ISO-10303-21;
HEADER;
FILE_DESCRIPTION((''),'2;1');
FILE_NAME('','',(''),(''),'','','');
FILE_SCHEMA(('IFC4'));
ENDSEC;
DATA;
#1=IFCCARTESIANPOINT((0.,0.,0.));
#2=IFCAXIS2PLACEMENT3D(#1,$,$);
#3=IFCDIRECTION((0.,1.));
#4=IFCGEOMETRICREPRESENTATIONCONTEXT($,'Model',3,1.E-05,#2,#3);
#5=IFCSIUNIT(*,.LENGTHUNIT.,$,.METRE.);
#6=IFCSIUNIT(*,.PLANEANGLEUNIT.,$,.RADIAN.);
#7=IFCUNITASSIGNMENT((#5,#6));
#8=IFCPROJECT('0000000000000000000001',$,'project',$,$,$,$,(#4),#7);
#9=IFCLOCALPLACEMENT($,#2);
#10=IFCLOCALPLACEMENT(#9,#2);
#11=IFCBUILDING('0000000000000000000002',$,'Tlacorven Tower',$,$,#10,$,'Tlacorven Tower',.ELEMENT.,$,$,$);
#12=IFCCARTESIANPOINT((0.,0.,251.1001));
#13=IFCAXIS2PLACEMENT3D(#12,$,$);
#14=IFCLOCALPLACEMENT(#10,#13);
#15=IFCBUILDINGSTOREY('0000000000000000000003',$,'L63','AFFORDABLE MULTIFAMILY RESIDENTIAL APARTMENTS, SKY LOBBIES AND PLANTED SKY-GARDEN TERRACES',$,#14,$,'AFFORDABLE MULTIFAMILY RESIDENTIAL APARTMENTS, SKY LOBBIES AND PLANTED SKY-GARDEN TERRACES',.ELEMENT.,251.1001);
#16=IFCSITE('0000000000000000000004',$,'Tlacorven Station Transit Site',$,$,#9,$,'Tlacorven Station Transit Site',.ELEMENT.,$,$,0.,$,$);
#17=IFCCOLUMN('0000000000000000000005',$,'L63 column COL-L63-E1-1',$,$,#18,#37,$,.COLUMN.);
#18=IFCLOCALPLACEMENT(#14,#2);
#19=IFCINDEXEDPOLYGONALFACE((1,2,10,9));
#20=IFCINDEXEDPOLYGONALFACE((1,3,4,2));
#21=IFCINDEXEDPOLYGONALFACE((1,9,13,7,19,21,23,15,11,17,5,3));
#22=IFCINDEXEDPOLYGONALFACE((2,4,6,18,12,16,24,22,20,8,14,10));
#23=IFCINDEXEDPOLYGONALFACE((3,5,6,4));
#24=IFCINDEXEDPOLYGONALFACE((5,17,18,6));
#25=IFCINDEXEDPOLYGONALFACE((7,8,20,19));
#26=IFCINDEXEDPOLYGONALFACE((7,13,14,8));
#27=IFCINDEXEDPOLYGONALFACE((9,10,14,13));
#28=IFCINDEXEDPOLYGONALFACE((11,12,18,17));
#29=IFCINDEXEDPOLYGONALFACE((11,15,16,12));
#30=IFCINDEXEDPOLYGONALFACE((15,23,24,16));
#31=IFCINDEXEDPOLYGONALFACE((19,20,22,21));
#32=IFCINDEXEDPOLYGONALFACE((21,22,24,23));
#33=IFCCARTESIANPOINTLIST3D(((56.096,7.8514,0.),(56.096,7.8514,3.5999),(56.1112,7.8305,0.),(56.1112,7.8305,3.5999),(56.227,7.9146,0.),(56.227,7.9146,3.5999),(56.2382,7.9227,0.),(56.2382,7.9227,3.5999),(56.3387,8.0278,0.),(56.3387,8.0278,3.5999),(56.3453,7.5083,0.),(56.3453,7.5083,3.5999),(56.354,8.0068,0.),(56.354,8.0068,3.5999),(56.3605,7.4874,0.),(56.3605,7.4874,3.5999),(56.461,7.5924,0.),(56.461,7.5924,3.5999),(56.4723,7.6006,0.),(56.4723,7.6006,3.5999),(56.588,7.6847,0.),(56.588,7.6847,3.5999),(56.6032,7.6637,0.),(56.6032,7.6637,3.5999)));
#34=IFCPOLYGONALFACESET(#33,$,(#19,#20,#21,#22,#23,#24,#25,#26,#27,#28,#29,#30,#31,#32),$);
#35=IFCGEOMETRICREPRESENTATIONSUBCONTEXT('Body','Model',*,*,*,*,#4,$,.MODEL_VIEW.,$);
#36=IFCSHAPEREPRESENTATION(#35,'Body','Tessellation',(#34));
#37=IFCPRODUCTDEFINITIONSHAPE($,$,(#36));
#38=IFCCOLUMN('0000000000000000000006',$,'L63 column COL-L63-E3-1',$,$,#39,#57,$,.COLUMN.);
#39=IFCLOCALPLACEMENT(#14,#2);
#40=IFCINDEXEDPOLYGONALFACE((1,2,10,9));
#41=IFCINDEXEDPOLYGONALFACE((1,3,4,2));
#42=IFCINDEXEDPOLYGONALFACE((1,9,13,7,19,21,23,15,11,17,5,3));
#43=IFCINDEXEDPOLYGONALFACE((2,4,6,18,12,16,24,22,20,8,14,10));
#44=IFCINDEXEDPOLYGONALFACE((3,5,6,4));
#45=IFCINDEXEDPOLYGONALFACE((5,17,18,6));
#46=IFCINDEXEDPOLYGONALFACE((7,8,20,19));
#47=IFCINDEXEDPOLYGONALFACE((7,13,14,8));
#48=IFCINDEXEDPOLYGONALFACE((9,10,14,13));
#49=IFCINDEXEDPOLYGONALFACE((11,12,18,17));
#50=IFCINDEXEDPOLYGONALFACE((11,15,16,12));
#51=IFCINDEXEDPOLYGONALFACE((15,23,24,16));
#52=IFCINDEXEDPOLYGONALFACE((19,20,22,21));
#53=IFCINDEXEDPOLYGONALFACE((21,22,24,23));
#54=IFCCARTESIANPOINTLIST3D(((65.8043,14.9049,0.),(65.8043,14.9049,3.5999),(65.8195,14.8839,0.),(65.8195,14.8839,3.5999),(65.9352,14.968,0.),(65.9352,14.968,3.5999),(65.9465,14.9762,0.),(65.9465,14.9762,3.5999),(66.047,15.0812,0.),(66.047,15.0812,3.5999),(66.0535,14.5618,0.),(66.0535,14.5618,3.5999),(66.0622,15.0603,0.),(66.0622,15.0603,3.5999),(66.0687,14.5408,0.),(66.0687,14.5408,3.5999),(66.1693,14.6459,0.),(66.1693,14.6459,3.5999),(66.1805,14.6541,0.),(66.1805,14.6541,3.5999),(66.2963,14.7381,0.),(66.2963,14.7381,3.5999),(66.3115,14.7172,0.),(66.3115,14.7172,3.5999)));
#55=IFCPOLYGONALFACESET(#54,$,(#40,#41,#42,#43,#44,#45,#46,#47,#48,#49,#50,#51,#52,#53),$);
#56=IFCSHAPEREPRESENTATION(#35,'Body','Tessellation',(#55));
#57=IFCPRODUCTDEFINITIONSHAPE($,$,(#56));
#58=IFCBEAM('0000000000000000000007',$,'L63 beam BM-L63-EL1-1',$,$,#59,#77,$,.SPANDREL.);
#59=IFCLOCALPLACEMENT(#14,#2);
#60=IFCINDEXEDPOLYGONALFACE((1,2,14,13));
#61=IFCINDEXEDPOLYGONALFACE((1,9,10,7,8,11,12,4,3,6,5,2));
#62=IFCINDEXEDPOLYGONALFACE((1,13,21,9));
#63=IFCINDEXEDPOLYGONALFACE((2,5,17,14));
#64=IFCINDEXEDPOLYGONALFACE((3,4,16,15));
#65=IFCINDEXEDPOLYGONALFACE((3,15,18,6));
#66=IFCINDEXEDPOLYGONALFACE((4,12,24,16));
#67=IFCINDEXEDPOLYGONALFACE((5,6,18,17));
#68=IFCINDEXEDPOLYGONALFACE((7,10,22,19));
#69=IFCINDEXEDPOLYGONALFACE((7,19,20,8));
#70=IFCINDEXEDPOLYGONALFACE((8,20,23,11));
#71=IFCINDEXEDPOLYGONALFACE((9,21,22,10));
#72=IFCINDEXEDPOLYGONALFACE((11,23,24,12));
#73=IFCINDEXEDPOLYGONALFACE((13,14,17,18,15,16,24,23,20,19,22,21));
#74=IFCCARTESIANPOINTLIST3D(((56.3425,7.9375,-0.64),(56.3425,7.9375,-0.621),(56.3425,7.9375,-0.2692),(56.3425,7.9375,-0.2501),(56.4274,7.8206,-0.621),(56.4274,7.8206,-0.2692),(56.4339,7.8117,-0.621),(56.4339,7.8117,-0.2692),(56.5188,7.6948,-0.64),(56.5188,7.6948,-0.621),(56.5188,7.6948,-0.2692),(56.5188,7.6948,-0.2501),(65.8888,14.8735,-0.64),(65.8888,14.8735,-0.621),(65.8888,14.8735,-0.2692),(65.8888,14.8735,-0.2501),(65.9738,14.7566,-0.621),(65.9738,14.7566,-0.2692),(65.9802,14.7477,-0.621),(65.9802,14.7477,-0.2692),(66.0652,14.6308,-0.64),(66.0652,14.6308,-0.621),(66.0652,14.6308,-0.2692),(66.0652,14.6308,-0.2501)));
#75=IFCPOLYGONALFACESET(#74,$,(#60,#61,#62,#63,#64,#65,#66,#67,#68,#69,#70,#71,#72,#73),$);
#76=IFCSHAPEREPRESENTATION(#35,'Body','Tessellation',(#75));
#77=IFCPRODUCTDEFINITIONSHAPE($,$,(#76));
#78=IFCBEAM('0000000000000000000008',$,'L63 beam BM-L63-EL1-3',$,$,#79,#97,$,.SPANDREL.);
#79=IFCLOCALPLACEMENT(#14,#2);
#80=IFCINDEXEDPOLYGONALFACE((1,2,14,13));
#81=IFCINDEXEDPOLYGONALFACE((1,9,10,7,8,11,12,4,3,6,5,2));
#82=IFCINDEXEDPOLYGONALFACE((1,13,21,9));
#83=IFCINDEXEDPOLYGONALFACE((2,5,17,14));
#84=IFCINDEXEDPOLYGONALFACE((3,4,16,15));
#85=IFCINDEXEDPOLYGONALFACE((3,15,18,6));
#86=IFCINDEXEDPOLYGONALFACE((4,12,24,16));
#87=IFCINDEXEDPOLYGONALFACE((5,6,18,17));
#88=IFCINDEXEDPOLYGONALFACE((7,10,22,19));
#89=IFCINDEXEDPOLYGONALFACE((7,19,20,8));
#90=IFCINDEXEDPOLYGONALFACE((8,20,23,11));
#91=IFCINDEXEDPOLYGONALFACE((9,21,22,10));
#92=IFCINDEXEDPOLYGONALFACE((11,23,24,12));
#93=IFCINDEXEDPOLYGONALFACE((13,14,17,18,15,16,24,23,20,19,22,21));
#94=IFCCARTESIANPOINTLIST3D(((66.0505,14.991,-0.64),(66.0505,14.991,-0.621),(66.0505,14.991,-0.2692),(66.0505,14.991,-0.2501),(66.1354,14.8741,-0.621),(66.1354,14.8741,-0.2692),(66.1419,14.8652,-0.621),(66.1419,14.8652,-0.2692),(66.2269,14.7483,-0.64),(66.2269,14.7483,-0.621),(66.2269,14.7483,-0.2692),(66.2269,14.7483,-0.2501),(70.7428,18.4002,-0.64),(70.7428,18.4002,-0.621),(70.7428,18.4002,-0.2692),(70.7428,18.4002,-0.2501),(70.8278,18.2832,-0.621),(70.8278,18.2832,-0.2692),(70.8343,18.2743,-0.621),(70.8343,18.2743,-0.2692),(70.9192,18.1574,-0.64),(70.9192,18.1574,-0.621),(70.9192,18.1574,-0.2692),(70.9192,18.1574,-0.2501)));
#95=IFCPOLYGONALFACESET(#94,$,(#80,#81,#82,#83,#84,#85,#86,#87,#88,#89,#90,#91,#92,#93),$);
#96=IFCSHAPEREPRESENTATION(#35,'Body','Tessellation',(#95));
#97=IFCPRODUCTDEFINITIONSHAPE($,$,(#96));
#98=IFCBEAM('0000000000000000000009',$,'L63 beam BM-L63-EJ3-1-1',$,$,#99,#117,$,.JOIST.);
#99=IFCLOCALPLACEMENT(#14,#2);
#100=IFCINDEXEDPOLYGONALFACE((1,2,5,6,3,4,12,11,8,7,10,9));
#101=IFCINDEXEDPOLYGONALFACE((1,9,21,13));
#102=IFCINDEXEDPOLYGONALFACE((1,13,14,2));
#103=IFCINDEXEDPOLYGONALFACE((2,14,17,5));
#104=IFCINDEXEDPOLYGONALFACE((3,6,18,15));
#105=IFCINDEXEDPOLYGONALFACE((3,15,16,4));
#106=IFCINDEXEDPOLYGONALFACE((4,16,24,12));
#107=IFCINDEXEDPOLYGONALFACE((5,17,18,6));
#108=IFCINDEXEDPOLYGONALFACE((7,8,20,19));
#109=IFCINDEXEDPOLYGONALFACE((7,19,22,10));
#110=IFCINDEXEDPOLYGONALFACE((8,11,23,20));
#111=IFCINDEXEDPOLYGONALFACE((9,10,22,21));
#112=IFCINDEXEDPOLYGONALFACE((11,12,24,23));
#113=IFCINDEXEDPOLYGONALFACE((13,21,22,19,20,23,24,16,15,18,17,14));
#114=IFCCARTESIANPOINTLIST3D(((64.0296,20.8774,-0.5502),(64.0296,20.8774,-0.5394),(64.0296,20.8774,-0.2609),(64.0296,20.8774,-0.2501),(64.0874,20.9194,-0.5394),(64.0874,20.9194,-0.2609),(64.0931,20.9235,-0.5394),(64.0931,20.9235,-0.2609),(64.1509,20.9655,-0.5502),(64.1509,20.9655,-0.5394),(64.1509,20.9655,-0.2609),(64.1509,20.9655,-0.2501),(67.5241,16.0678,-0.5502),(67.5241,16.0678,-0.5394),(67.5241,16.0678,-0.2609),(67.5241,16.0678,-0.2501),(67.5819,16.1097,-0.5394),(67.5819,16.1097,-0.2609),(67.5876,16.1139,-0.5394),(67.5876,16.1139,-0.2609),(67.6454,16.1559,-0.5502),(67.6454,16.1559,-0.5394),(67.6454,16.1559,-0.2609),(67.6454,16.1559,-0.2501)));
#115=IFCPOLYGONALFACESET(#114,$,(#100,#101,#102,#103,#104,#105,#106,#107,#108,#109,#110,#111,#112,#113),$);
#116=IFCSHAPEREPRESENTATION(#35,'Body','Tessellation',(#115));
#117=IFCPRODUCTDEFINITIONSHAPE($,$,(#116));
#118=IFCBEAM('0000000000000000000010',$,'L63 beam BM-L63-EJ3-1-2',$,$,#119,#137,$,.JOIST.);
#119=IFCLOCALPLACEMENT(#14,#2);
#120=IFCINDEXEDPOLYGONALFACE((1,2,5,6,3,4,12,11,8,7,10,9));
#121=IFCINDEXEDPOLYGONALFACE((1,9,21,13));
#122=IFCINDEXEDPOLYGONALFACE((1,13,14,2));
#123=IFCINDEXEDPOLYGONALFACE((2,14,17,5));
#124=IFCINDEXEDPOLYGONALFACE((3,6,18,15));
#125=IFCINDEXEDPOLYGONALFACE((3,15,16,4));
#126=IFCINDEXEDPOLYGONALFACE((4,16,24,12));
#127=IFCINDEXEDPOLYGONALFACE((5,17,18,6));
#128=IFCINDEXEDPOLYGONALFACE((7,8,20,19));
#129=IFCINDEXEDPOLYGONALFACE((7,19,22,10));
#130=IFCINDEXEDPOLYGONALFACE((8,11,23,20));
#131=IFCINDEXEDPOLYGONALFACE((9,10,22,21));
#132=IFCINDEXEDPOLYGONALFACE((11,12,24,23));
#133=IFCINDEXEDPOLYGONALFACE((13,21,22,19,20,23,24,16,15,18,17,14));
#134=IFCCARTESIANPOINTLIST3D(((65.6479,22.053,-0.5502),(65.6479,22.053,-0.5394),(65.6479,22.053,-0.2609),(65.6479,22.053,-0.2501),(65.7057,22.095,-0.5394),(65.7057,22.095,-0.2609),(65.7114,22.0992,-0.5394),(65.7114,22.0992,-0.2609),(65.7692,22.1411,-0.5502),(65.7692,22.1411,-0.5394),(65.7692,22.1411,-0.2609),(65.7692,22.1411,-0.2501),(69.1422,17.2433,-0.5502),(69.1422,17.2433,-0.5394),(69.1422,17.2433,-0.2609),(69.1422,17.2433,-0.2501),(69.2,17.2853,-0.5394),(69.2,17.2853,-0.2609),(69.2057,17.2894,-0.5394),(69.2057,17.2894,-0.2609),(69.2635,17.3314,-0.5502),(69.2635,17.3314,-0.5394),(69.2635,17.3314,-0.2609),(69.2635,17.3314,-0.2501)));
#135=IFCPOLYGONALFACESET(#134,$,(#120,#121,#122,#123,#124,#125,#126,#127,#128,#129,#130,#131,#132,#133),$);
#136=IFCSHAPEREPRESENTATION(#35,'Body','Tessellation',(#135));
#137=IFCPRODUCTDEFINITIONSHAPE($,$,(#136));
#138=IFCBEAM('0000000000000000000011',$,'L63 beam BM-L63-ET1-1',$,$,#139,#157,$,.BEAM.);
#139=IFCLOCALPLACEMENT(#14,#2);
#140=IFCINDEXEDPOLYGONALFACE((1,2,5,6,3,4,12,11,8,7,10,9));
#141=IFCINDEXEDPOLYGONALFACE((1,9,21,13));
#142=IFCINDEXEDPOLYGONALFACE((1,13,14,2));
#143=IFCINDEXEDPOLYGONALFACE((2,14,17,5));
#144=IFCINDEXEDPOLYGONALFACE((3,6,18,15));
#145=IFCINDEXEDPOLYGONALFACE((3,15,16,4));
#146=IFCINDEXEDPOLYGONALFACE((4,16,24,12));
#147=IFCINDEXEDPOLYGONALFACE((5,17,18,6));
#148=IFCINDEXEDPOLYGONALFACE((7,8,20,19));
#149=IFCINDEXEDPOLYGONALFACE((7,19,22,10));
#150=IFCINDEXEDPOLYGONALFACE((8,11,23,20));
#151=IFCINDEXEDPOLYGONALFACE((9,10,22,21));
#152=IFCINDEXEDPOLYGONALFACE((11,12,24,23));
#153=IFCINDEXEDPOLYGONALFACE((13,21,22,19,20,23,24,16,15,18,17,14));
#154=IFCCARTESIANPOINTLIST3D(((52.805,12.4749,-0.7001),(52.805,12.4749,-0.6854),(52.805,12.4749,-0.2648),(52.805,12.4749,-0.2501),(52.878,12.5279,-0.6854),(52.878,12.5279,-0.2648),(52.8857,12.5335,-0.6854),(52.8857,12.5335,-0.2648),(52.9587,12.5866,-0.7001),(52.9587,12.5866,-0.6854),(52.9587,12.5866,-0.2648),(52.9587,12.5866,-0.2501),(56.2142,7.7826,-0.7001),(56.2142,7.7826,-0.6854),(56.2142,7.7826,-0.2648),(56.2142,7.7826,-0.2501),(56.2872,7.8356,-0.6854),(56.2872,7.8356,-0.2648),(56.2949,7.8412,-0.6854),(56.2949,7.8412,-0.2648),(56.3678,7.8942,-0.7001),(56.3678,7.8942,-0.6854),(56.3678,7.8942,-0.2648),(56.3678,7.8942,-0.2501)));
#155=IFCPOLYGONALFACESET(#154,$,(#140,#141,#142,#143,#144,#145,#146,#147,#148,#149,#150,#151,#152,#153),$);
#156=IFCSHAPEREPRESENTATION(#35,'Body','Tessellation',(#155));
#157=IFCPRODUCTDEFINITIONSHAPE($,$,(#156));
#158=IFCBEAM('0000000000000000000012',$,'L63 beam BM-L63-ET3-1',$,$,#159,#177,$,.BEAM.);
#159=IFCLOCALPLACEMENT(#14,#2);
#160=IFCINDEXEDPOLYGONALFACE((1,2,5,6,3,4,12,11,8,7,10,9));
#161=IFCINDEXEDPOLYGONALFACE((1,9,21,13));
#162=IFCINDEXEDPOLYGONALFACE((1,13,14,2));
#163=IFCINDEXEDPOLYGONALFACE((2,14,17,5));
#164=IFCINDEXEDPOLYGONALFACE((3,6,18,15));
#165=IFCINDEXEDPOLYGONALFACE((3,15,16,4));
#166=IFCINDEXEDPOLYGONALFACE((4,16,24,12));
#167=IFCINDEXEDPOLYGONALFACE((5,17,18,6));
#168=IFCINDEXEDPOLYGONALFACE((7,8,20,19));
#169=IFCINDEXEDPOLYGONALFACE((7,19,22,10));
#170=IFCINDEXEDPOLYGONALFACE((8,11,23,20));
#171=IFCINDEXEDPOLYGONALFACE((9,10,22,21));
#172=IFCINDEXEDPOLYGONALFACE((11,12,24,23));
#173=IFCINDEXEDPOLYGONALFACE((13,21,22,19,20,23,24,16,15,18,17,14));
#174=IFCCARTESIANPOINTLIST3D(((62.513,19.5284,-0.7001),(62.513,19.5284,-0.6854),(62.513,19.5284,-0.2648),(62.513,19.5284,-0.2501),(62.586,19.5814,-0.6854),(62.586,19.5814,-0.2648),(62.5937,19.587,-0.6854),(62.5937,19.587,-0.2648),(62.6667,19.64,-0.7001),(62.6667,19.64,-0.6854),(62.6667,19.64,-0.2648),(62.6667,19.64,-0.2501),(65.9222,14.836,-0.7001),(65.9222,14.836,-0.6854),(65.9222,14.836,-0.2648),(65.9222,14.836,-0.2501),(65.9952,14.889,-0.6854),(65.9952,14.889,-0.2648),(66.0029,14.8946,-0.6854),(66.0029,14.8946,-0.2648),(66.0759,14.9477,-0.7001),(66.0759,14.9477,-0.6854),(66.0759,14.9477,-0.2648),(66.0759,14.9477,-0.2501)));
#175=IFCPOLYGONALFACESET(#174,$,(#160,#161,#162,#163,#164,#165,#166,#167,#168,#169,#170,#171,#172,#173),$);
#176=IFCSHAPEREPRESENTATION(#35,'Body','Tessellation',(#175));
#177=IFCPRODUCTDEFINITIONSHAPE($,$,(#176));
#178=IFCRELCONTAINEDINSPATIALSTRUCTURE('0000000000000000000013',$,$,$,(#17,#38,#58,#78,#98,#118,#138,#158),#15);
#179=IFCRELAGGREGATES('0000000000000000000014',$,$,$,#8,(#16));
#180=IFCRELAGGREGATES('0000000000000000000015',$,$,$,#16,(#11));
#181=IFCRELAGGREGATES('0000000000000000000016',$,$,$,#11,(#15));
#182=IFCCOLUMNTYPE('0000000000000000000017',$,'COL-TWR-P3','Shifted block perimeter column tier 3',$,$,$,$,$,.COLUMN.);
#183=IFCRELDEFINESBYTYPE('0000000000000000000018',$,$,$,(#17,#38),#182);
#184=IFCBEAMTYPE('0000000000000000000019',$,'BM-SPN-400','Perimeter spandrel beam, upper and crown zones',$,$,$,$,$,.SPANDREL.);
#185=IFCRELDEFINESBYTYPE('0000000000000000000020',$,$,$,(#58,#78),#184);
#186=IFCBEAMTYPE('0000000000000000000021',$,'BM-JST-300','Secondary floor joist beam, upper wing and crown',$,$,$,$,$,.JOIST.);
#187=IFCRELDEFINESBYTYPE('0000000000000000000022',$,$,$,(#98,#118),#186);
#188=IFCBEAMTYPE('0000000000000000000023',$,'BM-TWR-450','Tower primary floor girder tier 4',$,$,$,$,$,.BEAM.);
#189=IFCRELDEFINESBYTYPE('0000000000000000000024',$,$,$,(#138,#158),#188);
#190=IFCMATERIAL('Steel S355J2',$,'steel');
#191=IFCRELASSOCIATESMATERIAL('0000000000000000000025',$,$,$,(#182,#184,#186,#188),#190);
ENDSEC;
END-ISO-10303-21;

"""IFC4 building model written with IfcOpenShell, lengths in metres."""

from ifc_helpers import new_model, si_unit, direction, frame, origin, origin_2d, place, context, subcontext, project, spatial, i_section, extrude, source, transform, mapped, material, material_profile, profile_set, type_object, element, save


model = new_model("IFC4")

# Units and contexts
model_context = context("Model", 3, precision=1e-05, world=origin(), true_north=direction((0.0, 1.0)))
body_context = subcontext(model_context, "Body", "Model", "MODEL_VIEW")
ifc_project = project(units=[si_unit("LENGTHUNIT", "METRE"), si_unit("PLANEANGLEUNIT", "RADIAN")], contexts=[model_context])

# Site, building, storey
site_placement = place(None, origin())
site = spatial("IfcSite", under=ifc_project, at=site_placement, Name="Tlacorven Station Transit Site", LongName="Tlacorven Station Transit Site", CompositionType="ELEMENT", RefElevation=0.0)
building_placement = place(site_placement, origin())
building = spatial("IfcBuilding", under=site, at=building_placement, Name="Tlacorven Tower", LongName="Tlacorven Tower", CompositionType="ELEMENT")
storey_placement = place(building_placement, frame((0.0, 0.0, 251.1001)))
storey = spatial("IfcBuildingStorey", under=building, at=storey_placement, Name="L63", Description="AFFORDABLE MULTIFAMILY RESIDENTIAL APARTMENTS, SKY LOBBIES AND PLANTED SKY-GARDEN TERRACES", LongName="AFFORDABLE MULTIFAMILY RESIDENTIAL APARTMENTS, SKY LOBBIES AND PLANTED SKY-GARDEN TERRACES", CompositionType="ELEMENT", Elevation=251.1001)

# Columns
ifc_material_1 = material(Name="Steel S355J2", Category="steel")
ifc_material_profile_1 = material_profile(ifc_material_1, i_section(OverallWidth=0.3, OverallDepth=0.45, WebThickness=0.0139, FlangeThickness=0.0259, at=origin_2d()), Name="HEB 450")
ifc_profile_set_1 = profile_set([ifc_material_profile_1], Name="Steel S355J2")
column_type = type_object("IfcColumnType", Name="COL-TWR-P3", Description="Shifted block perimeter column tier 3", PredefinedType="COLUMN", material=ifc_profile_set_1)
shared_shape_1 = source(origin(), body_context, "Body", "SweptSolid", [
    extrude(i_section(OverallWidth=0.3, OverallDepth=0.45, WebThickness=0.0139, FlangeThickness=0.0259, at=origin_2d()), origin(), (0.0, 0.0, 1.0), 3.5999),
])
for number, where, z_axis, x_axis, name in (
    (1, (56.3496, 7.7576, 0.0), (0.0, 0.0, 1.0), (0.809017, 0.587785, 0.0), "L63 column COL-L63-E1-1"),
    (2, (66.0579, 14.811, 0.0), (0.0, 0.0, 1.0), (0.809017, 0.587785, 0.0), "L63 column COL-L63-E3-1"),
):
    element("IfcColumn", number, at=place(storey_placement, frame(where, z_axis=z_axis, x_axis=x_axis)), inside=storey, type_object=column_type, Name=name, PredefinedType="COLUMN", context=body_context, shape_type="MappedRepresentation", body=[
        mapped(shared_shape_1, transform((0.0, 0.0, 0.0), scale=1.0)),
    ])

# Beams
ifc_material_profile_2 = material_profile(ifc_material_1, i_section(OverallWidth=0.3, OverallDepth=0.3899, WebThickness=0.011, FlangeThickness=0.019, at=origin_2d()), Name="HEA 400")
ifc_profile_set_2 = profile_set([ifc_material_profile_2], Name="Steel S355J2")
beam_type_1 = type_object("IfcBeamType", Name="BM-SPN-400", Description="Perimeter spandrel beam, upper and crown zones", PredefinedType="SPANDREL", material=ifc_profile_set_2)
shared_shape_2 = source(origin(), body_context, "Body", "SweptSolid", [
    extrude(i_section(OverallWidth=0.3, OverallDepth=0.3899, WebThickness=0.011, FlangeThickness=0.019, at=origin_2d()), origin(), (0.0, 0.0, 1.0), 11.8),
])
beam_1_placement = place(storey_placement, frame((56.4307, 7.8162, -0.4451), z_axis=(0.80901, 0.587795, 0.0), x_axis=(-0.587795, 0.80901, 0.0)))
element("IfcBeam", 3, at=beam_1_placement, inside=storey, type_object=beam_type_1, Name="L63 beam BM-L63-EL1-1", PredefinedType="SPANDREL", context=body_context, shape_type="MappedRepresentation", body=[
    mapped(shared_shape_2, transform((0.0, 0.0, 0.0), scale=1.0)),
])
shared_shape_3 = source(origin(), body_context, "Body", "SweptSolid", [
    extrude(i_section(OverallWidth=0.3, OverallDepth=0.3899, WebThickness=0.011, FlangeThickness=0.019, at=origin_2d()), origin(), (0.0, 0.0, 1.0), 5.8),
])
beam_2_placement = place(storey_placement, frame((66.1387, 14.8696, -0.4451), z_axis=(0.80902, 0.587781, 0.0), x_axis=(-0.587781, 0.80902, 0.0)))
element("IfcBeam", 4, at=beam_2_placement, inside=storey, type_object=beam_type_1, Name="L63 beam BM-L63-EL1-3", PredefinedType="SPANDREL", context=body_context, shape_type="MappedRepresentation", body=[
    mapped(shared_shape_3, transform((0.0, 0.0, 0.0), scale=1.0)),
])
ifc_material_profile_3 = material_profile(ifc_material_1, i_section(OverallWidth=0.1499, OverallDepth=0.3, WebThickness=0.0071, FlangeThickness=0.0107, at=origin_2d()), Name="IPE 300")
ifc_profile_set_3 = profile_set([ifc_material_profile_3], Name="Steel S355J2")
beam_type_2 = type_object("IfcBeamType", Name="BM-JST-300", Description="Secondary floor joist beam, upper wing and crown", PredefinedType="JOIST", material=ifc_profile_set_3)
shared_shape_4 = source(origin(), body_context, "Body", "SweptSolid", [
    extrude(i_section(OverallWidth=0.1499, OverallDepth=0.3, WebThickness=0.0071, FlangeThickness=0.0107, at=origin_2d()), origin(), (0.0, 0.0, 1.0), 5.9451),
])
for number, where, z_axis, x_axis, name in (
    (5, (67.5847, 16.1118, -0.4001), (-0.587788, 0.809015, 0.0), (-0.809015, -0.587788, 0.0), "L63 beam BM-L63-EJ3-1-1"),
    (6, (69.2029, 17.2874, -0.4001), (-0.587769, 0.809029, 0.0), (-0.809029, -0.587769, 0.0), "L63 beam BM-L63-EJ3-1-2"),
):
    element("IfcBeam", number, at=place(storey_placement, frame(where, z_axis=z_axis, x_axis=x_axis)), inside=storey, type_object=beam_type_2, Name=name, PredefinedType="JOIST", context=body_context, shape_type="MappedRepresentation", body=[
        mapped(shared_shape_4, transform((0.0, 0.0, 0.0), scale=1.0)),
    ])
ifc_material_profile_4 = material_profile(ifc_material_1, i_section(OverallWidth=0.1899, OverallDepth=0.45, WebThickness=0.0095, FlangeThickness=0.0146, at=origin_2d()), Name="IPE 450")
ifc_profile_set_4 = profile_set([ifc_material_profile_4], Name="Steel S355J2")
beam_type_3 = type_object("IfcBeamType", Name="BM-TWR-450", Description="Tower primary floor girder tier 4", PredefinedType="BEAM", material=ifc_profile_set_4)
shared_shape_5 = source(origin(), body_context, "Body", "SweptSolid", [
    extrude(i_section(OverallWidth=0.1899, OverallDepth=0.45, WebThickness=0.0095, FlangeThickness=0.0146, at=origin_2d()), origin(), (0.0, 0.0, 1.0), 5.8),
])
for number, where, z_axis, x_axis, name in (
    (7, (56.291, 7.8384, -0.4751), (-0.587781, 0.80902, 0.0), (-0.80902, -0.587781, 0.0), "L63 beam BM-L63-ET1-1"),
    (8, (65.999, 14.8918, -0.4751), (-0.587781, 0.80902, 0.0), (-0.80902, -0.587781, 0.0), "L63 beam BM-L63-ET3-1"),
):
    element("IfcBeam", number, at=place(storey_placement, frame(where, z_axis=z_axis, x_axis=x_axis)), inside=storey, type_object=beam_type_3, Name=name, PredefinedType="BEAM", context=body_context, shape_type="MappedRepresentation", body=[
        mapped(shared_shape_5, transform((0.0, 0.0, 0.0), scale=1.0)),
    ])

save(model, "model.ifc")
